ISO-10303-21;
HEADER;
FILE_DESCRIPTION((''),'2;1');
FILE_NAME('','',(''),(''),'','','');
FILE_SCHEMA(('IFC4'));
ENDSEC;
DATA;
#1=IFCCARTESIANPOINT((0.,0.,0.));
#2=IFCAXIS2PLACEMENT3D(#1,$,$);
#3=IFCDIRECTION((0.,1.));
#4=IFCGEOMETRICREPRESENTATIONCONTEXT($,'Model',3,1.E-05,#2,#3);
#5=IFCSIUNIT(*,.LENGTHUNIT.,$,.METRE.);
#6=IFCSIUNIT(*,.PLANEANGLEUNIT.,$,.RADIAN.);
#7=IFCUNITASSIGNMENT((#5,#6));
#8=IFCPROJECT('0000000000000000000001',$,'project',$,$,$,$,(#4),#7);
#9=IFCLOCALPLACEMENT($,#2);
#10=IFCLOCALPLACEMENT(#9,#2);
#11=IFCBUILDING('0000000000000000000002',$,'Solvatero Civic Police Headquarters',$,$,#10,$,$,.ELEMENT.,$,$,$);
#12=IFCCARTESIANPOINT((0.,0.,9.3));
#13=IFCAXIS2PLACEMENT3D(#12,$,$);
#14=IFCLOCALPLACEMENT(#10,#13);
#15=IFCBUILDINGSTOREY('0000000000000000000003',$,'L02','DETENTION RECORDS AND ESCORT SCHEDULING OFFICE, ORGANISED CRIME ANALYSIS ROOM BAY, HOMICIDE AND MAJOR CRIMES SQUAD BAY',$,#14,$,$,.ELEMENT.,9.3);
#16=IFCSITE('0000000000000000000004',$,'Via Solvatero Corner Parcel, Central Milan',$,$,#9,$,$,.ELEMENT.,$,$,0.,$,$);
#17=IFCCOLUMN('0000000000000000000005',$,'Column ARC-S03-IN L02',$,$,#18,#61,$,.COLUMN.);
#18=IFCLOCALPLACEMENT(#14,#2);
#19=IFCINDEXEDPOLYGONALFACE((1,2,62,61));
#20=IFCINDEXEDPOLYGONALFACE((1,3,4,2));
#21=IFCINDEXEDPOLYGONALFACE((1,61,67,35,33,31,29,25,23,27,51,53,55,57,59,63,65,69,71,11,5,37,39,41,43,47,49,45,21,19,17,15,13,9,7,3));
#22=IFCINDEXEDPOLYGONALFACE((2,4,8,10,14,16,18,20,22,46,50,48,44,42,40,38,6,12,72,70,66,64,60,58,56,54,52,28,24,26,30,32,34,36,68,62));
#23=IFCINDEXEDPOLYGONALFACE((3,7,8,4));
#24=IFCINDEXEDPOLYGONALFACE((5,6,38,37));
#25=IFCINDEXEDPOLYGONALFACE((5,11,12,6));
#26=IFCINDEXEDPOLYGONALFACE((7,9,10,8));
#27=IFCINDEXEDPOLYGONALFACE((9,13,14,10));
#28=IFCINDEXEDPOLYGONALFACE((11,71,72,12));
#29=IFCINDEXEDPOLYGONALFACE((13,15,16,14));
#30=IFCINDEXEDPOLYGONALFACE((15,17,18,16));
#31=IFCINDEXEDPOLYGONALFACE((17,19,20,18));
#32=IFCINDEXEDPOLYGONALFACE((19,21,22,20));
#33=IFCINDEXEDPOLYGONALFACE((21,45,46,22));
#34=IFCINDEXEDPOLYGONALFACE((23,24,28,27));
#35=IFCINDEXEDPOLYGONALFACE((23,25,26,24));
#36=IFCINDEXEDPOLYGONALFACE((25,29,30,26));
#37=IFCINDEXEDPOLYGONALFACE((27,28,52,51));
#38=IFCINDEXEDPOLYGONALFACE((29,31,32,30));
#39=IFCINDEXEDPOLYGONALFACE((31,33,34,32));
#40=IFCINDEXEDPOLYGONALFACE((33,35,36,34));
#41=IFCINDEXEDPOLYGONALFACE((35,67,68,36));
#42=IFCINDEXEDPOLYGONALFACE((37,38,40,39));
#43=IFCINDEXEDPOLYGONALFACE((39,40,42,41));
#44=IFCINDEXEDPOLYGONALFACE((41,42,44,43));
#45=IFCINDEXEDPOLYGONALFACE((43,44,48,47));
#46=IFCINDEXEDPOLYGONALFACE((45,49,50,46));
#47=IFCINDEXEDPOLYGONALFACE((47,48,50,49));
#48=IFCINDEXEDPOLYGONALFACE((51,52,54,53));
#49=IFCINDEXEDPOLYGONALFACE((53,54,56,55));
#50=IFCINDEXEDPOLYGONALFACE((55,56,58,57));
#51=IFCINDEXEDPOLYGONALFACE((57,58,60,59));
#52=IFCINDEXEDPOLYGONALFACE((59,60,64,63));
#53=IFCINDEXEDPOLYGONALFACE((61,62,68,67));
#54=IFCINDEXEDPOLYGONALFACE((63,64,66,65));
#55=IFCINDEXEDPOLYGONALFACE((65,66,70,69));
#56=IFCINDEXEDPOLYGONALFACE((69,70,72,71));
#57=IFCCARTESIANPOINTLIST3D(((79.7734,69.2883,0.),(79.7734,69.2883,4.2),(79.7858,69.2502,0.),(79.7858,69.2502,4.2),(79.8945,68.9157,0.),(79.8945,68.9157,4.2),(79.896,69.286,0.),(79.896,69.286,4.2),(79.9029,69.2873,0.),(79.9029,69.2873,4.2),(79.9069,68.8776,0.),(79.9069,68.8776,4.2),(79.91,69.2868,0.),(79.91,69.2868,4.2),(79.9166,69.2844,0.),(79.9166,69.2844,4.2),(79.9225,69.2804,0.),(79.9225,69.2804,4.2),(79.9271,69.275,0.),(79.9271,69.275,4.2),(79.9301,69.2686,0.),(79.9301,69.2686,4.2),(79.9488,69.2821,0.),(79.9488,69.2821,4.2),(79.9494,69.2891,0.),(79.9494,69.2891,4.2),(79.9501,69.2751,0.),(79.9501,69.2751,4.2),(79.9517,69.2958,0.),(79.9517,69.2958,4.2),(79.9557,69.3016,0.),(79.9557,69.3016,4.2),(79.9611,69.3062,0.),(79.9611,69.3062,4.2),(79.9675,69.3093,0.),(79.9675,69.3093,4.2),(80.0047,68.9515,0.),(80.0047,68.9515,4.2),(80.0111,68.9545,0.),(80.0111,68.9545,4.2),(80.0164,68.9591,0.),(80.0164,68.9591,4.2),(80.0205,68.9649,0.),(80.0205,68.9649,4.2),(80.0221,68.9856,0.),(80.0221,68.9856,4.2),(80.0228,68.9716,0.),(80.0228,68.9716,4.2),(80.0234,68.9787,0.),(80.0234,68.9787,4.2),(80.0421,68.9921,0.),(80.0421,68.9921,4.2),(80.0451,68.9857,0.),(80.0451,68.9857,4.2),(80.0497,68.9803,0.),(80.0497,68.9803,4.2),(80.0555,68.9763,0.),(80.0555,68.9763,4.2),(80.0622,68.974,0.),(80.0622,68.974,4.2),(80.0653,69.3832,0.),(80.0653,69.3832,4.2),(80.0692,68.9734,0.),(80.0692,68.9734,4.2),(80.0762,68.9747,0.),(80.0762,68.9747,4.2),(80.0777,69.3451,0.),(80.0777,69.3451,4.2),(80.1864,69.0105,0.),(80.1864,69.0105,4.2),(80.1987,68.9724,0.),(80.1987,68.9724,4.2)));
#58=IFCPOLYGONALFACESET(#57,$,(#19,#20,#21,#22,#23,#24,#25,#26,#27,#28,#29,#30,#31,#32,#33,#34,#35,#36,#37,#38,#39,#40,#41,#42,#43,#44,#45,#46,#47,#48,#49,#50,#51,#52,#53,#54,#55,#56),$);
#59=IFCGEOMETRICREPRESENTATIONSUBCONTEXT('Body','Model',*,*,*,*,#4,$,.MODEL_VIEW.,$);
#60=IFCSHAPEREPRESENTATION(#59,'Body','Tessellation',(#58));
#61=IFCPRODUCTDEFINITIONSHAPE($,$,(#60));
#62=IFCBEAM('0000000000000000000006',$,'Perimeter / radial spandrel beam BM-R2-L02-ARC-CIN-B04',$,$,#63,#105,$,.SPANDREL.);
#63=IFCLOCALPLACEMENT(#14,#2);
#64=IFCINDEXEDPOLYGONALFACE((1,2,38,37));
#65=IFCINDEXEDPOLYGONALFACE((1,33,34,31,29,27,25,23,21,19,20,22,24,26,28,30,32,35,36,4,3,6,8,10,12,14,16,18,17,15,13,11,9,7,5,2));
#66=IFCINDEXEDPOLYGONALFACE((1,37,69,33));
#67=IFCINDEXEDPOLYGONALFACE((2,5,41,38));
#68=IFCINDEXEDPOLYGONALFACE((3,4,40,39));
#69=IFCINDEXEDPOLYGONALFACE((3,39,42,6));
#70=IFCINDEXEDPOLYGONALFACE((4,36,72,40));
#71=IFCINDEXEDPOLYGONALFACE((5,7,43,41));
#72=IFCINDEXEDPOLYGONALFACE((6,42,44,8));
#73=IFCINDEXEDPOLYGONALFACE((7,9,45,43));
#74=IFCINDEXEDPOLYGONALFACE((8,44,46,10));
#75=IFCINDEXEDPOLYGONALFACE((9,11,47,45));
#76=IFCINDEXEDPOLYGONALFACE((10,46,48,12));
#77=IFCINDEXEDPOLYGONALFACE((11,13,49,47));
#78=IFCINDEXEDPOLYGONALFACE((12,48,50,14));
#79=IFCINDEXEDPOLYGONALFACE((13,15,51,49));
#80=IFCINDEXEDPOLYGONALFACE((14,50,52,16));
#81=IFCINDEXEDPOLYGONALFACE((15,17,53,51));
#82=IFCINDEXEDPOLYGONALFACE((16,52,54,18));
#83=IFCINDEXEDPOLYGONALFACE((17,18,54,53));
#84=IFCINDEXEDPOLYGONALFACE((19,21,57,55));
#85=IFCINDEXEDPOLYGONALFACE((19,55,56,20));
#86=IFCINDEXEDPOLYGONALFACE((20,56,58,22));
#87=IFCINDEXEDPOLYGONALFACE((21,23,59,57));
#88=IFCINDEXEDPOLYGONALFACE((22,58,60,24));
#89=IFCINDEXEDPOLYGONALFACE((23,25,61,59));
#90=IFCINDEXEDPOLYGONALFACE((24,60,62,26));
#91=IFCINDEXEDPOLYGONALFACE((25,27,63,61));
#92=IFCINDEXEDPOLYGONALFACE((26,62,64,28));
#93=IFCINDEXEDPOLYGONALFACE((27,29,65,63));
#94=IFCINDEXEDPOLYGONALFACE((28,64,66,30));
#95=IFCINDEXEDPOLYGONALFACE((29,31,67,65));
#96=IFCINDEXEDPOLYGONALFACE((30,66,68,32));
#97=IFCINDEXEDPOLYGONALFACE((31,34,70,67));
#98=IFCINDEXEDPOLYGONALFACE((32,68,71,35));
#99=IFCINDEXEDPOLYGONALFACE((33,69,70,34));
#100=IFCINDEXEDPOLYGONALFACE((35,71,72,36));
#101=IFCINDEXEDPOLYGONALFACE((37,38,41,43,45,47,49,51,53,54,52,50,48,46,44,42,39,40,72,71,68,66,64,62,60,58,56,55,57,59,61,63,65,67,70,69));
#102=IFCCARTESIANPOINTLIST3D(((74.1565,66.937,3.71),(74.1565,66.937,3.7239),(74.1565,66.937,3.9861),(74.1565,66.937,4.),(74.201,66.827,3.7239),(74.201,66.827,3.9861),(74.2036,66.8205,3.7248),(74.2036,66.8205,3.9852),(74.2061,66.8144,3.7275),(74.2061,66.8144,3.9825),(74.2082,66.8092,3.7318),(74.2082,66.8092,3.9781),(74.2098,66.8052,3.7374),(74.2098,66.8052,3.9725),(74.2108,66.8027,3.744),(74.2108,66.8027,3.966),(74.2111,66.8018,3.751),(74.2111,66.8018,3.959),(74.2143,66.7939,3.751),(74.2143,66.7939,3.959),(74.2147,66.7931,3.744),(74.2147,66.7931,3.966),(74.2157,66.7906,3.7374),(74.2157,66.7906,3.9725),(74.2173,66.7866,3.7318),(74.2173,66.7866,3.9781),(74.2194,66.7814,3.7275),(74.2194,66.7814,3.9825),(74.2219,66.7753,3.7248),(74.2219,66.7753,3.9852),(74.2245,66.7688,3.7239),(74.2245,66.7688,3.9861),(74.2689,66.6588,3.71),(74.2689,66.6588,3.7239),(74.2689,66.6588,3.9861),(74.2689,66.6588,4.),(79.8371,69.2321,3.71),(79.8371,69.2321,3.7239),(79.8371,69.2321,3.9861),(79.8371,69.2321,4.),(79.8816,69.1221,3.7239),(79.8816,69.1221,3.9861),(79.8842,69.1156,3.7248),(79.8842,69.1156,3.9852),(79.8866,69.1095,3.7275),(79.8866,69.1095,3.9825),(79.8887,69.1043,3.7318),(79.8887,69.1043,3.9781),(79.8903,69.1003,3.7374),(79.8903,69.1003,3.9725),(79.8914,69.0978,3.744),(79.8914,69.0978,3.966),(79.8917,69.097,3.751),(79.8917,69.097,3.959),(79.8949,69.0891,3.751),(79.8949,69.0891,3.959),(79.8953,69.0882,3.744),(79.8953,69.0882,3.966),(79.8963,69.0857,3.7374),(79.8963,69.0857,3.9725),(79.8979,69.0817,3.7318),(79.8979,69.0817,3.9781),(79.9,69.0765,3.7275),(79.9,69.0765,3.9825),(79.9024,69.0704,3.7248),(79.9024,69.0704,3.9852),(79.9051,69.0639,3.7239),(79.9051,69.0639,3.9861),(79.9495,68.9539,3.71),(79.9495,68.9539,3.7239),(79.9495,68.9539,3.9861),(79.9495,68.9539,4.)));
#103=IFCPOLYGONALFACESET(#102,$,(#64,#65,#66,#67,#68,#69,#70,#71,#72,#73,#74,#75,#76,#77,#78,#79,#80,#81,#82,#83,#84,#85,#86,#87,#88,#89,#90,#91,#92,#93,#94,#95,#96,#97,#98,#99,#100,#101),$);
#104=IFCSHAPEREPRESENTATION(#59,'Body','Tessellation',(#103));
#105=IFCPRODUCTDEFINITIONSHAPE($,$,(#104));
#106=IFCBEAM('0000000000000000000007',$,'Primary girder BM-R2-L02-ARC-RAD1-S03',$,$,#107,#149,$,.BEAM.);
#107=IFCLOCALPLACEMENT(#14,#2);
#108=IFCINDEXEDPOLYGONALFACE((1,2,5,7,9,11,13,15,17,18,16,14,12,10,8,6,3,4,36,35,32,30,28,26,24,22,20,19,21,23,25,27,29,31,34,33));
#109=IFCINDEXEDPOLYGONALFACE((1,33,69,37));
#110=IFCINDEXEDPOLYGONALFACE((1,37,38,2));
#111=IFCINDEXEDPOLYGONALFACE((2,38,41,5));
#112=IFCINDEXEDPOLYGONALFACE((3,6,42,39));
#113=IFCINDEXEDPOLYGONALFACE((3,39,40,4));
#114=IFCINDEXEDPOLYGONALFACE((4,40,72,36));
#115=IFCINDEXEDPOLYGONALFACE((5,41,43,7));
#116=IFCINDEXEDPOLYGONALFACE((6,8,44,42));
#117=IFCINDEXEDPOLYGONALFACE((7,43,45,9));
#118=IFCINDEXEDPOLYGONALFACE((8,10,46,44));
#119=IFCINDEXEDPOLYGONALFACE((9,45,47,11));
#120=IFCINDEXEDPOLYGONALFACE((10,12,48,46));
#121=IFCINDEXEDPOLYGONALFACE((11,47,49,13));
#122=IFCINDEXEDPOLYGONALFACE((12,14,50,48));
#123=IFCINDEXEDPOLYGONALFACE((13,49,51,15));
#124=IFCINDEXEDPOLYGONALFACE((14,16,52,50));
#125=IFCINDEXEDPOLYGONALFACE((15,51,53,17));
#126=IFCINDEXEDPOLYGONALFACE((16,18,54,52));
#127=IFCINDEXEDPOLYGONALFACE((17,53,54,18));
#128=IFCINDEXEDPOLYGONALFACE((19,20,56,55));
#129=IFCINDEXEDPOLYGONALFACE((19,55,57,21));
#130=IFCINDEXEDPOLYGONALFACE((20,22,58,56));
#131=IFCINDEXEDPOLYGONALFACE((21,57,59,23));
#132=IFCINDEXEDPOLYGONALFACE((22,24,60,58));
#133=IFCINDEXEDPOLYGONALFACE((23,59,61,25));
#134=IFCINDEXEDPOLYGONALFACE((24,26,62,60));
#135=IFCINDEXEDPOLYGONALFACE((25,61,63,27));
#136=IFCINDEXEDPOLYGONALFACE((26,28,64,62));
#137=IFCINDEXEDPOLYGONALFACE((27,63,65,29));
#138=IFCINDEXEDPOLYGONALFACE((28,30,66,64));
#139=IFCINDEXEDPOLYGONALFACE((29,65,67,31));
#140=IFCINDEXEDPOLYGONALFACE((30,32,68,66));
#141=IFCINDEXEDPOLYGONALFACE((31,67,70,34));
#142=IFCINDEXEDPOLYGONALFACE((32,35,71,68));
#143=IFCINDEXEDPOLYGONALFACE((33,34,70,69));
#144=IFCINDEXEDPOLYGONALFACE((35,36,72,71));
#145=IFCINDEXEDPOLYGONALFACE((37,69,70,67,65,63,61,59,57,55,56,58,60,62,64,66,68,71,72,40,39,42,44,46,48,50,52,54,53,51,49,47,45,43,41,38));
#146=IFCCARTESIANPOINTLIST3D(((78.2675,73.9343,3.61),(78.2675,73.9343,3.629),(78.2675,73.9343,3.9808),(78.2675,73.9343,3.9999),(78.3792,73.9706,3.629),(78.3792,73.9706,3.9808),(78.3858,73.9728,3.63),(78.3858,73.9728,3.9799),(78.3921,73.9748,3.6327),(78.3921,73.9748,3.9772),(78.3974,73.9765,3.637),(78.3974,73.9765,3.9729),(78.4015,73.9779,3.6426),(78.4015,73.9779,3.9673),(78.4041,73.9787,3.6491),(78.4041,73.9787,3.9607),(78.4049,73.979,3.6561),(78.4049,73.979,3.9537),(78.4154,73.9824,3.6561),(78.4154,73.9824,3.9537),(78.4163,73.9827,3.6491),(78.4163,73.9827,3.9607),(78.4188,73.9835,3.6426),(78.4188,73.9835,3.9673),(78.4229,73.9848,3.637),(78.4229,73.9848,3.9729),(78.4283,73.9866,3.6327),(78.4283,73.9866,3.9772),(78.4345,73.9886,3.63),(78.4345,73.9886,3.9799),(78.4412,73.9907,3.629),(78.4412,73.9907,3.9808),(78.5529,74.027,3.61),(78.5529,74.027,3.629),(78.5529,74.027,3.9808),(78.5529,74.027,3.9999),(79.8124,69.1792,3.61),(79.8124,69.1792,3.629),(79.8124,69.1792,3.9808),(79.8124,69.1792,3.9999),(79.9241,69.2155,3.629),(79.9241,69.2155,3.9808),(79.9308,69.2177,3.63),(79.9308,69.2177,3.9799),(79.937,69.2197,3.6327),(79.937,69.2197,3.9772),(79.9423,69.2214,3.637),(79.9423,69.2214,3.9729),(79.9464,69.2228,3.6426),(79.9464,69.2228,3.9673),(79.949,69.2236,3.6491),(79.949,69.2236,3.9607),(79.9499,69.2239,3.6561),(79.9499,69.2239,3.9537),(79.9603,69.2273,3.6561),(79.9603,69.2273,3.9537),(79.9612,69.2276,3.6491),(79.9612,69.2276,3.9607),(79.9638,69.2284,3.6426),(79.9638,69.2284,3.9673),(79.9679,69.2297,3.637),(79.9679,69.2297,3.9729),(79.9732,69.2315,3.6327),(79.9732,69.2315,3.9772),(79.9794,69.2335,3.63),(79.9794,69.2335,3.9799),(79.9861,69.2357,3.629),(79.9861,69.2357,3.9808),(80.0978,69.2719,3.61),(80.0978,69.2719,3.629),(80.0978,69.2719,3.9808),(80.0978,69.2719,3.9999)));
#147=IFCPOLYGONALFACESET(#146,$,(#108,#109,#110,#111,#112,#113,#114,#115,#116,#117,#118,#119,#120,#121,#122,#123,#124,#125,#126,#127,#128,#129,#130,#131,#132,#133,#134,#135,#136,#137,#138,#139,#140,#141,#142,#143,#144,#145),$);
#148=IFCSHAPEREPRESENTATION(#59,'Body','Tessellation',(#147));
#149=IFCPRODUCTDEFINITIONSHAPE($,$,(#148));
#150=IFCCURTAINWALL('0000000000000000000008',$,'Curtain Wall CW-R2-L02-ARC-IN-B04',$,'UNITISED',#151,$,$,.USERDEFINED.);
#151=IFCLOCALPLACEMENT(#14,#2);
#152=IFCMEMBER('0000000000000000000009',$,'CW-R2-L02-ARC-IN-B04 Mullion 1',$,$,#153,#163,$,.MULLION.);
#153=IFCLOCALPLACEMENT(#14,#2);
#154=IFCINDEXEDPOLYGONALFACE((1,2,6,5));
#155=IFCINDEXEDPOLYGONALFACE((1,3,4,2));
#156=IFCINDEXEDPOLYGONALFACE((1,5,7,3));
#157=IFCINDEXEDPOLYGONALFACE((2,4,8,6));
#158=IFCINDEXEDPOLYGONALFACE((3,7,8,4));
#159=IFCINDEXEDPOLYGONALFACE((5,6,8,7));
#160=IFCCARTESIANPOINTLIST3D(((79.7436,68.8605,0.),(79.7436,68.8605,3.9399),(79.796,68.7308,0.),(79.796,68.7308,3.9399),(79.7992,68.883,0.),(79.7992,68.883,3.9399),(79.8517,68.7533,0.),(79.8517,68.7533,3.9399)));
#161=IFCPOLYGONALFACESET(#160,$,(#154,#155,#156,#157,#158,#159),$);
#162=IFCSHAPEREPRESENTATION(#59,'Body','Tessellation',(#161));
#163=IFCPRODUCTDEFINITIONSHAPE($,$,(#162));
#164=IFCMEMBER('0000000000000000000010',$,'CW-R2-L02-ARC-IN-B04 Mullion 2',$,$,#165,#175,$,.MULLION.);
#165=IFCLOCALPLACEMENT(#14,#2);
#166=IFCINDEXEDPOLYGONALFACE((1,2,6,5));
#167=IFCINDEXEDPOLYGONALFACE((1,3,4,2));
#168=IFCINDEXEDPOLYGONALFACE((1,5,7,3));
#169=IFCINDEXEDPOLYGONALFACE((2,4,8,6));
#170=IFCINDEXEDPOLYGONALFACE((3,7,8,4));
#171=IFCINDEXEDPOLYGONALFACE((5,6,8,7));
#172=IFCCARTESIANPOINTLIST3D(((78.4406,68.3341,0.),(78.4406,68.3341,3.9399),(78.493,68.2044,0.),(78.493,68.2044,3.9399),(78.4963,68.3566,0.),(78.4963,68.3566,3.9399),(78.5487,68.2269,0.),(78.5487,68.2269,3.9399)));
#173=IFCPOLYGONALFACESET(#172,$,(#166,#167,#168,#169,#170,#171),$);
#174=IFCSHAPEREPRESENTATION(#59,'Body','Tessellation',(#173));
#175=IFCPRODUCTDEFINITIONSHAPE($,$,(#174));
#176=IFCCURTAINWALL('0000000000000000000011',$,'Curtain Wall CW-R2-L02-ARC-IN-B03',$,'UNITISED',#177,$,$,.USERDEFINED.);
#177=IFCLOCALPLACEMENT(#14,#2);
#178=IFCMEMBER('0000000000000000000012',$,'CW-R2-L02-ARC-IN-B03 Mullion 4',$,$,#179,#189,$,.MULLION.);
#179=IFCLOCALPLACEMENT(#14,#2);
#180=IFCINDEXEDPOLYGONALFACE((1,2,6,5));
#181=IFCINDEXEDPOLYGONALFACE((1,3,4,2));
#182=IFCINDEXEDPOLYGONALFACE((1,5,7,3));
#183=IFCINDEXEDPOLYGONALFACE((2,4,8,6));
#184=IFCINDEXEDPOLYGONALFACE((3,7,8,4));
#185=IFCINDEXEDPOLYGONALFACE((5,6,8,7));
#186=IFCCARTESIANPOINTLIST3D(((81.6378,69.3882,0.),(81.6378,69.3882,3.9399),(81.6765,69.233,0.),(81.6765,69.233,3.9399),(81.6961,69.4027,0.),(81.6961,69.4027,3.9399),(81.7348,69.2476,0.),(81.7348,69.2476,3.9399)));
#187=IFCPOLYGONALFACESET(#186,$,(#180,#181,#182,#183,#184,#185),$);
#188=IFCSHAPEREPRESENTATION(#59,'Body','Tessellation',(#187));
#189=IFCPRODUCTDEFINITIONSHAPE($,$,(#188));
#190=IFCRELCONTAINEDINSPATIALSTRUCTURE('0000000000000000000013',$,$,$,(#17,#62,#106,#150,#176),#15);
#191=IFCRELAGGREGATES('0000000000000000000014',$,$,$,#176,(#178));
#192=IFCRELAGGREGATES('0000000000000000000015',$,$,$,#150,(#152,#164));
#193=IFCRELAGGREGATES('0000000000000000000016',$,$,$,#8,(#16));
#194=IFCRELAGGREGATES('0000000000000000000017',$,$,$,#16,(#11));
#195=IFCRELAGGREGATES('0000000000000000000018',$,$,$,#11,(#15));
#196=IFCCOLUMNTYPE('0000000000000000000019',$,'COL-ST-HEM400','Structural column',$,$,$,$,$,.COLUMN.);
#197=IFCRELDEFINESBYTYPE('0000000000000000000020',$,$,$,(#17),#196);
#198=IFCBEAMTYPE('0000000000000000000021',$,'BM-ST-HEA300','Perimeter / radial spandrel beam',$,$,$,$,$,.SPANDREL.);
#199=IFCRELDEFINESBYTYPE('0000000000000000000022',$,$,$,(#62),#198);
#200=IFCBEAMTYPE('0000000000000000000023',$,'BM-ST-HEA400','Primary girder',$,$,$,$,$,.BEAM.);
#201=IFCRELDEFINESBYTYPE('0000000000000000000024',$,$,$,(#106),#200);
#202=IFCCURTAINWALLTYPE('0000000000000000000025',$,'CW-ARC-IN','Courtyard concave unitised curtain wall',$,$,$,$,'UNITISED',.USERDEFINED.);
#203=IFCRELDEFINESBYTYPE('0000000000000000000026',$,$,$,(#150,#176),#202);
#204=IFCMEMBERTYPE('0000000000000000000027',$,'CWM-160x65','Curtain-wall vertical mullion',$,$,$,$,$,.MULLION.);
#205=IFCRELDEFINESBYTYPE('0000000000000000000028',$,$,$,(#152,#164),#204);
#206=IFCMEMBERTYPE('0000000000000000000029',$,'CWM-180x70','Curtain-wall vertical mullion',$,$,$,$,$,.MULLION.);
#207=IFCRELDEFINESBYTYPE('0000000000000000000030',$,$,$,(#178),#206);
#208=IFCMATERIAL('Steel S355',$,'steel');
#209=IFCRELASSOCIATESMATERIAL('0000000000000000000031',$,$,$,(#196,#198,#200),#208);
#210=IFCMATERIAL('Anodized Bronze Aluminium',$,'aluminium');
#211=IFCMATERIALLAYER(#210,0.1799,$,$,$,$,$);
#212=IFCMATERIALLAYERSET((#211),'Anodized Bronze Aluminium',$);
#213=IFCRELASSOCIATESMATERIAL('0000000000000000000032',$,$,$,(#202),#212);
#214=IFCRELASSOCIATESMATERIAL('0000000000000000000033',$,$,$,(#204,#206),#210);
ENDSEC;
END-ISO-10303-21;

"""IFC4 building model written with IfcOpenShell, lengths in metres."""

from ifc_helpers import new_model, si_unit, direction, frame, origin, origin_2d, place, context, subcontext, project, spatial, rectangle, i_section, extrude, material, layer, layer_set, material_profile, profile_set, type_object, element, aggregate, save


model = new_model("IFC4")

# Units and contexts
model_context = context("Model", 3, precision=1e-05, world=origin(), true_north=direction((0.0, 1.0)))
body_context = subcontext(model_context, "Body", "Model", "MODEL_VIEW")
ifc_project = project(units=[si_unit("LENGTHUNIT", "METRE"), si_unit("PLANEANGLEUNIT", "RADIAN")], contexts=[model_context])

# Site, building, storey
site_placement = place(None, origin())
site = spatial("IfcSite", under=ifc_project, at=site_placement, Name="Via Solvatero Corner Parcel, Central Milan", CompositionType="ELEMENT", RefElevation=0.0)
building_placement = place(site_placement, origin())
building = spatial("IfcBuilding", under=site, at=building_placement, Name="Solvatero Civic Police Headquarters", CompositionType="ELEMENT")
storey_placement = place(building_placement, frame((0.0, 0.0, 9.3)))
storey = spatial("IfcBuildingStorey", under=building, at=storey_placement, Name="L02", Description="DETENTION RECORDS AND ESCORT SCHEDULING OFFICE, ORGANISED CRIME ANALYSIS ROOM BAY, HOMICIDE AND MAJOR CRIMES SQUAD BAY", CompositionType="ELEMENT", Elevation=9.3)

# Column
ifc_material_1 = material(Name="Steel S355", Category="steel")
ifc_material_profile_1 = material_profile(ifc_material_1, i_section(OverallWidth=0.3069, OverallDepth=0.4319, WebThickness=0.021, FlangeThickness=0.04, FilletRadius=0.0271, at=origin_2d()), Name="HEM 400")
ifc_profile_set_1 = profile_set([ifc_material_profile_1], Name="Steel S355")
column_type = type_object("IfcColumnType", Name="COL-ST-HEM400", Description="Structural column", PredefinedType="COLUMN", material=ifc_profile_set_1)
column_placement = place(storey_placement, frame((79.9861, 69.1304, 0.0), z_axis=(0.0, 0.0, 1.0), x_axis=(0.951057, 0.309017, 0.0)))
element("IfcColumn", 1, at=column_placement, inside=storey, type_object=column_type, Name="Column ARC-S03-IN L02", PredefinedType="COLUMN", context=body_context, shape_type="SweptSolid", body=[
    extrude(i_section(OverallWidth=0.3069, OverallDepth=0.4319, WebThickness=0.021, FlangeThickness=0.04, FilletRadius=0.0271, at=origin_2d()), origin(), (0.0, 0.0, 1.0), 4.2),
])

# Beams
ifc_material_profile_2 = material_profile(ifc_material_1, i_section(OverallWidth=0.3, OverallDepth=0.29, WebThickness=0.0085, FlangeThickness=0.0139, FilletRadius=0.0271, at=origin_2d()), Name="HEA 300")
ifc_profile_set_2 = profile_set([ifc_material_profile_2], Name="Steel S355")
beam_type_1 = type_object("IfcBeamType", Name="BM-ST-HEA300", Description="Perimeter / radial spandrel beam", PredefinedType="SPANDREL", material=ifc_profile_set_2)
beam_1_placement = place(storey_placement, frame((79.8933, 69.093, 3.855), z_axis=(-0.927182, -0.374611, 0.0), x_axis=(0.374611, -0.927182, 0.0)))
element("IfcBeam", 2, at=beam_1_placement, inside=storey, type_object=beam_type_1, Name="Perimeter / radial spandrel beam BM-R2-L02-ARC-CIN-B04", PredefinedType="SPANDREL", context=body_context, shape_type="SweptSolid", body=[
    extrude(i_section(OverallWidth=0.3, OverallDepth=0.29, WebThickness=0.0085, FlangeThickness=0.0139, FilletRadius=0.0271, at=origin_2d()), origin(), (0.0, 0.0, 1.0), 6.1267),
])
ifc_material_profile_3 = material_profile(ifc_material_1, i_section(OverallWidth=0.3, OverallDepth=0.3899, WebThickness=0.011, FlangeThickness=0.019, FilletRadius=0.0271, at=origin_2d()), Name="HEA 400")
ifc_profile_set_3 = profile_set([ifc_material_profile_3], Name="Steel S355")
beam_type_2 = type_object("IfcBeamType", Name="BM-ST-HEA400", Description="Primary girder", PredefinedType="BEAM", material=ifc_profile_set_3)
beam_2_placement = place(storey_placement, frame((79.9551, 69.2256, 3.8049), z_axis=(-0.308997, 0.951063, 0.0), x_axis=(-0.951063, -0.308997, 0.0)))
element("IfcBeam", 3, at=beam_2_placement, inside=storey, type_object=beam_type_2, Name="Primary girder BM-R2-L02-ARC-RAD1-S03", PredefinedType="BEAM", context=body_context, shape_type="SweptSolid", body=[
    extrude(i_section(OverallWidth=0.3, OverallDepth=0.3899, WebThickness=0.011, FlangeThickness=0.019, FilletRadius=0.0271, at=origin_2d()), origin(), (0.0, 0.0, 1.0), 4.9998),
])

# Curtain walls, members
ifc_material_2 = material(Name="Anodized Bronze Aluminium", Category="aluminium")
ifc_layer_1 = layer(ifc_material_2, 0.1799)
ifc_layer_set_1 = layer_set([ifc_layer_1], Name="Anodized Bronze Aluminium")
curtain_wall_type = type_object("IfcCurtainWallType", Name="CW-ARC-IN", Description="Courtyard concave unitised curtain wall", ElementType="UNITISED", PredefinedType="USERDEFINED", material=ifc_layer_set_1)
curtain_wall_1_placement = place(storey_placement, origin())
curtain_wall_1 = element("IfcCurtainWall", 4, at=curtain_wall_1_placement, inside=storey, type_object=curtain_wall_type, Name="Curtain Wall CW-R2-L02-ARC-IN-B04", ObjectType="UNITISED", PredefinedType="USERDEFINED")
ifc_material_profile_4 = material_profile(ifc_material_2, rectangle(XDim=0.0601, YDim=0.1399, at=origin_2d()), Name="ALU MULLION 60x140")
ifc_profile_set_4 = profile_set([ifc_material_profile_4], Name="Anodized Bronze Aluminium")
member_type_1 = type_object("IfcMemberType", Name="CWM-160x65", Description="Curtain-wall vertical mullion", PredefinedType="MULLION", material=ifc_profile_set_4)
member_1_placement = place(storey_placement, frame((79.7976, 68.8069, 0.0), z_axis=(0.0, 0.0, 1.0), x_axis=(-0.927184, -0.374607, 0.0)))
member_1 = element("IfcMember", 5, at=member_1_placement, type_object=member_type_1, Name="CW-R2-L02-ARC-IN-B04 Mullion 1", PredefinedType="MULLION", context=body_context, shape_type="SweptSolid", body=[
    extrude(rectangle(XDim=0.0601, YDim=0.1399, at=origin_2d()), origin(), (0.0, 0.0, 1.0), 3.9399),
])
member_2_placement = place(storey_placement, frame((78.4946, 68.2805, 0.0), z_axis=(0.0, 0.0, 1.0), x_axis=(-0.927184, -0.374607, 0.0)))
member_2 = element("IfcMember", 6, at=member_2_placement, type_object=member_type_1, Name="CW-R2-L02-ARC-IN-B04 Mullion 2", PredefinedType="MULLION", context=body_context, shape_type="SweptSolid", body=[
    extrude(rectangle(XDim=0.0601, YDim=0.1399, at=origin_2d()), origin(), (0.0, 0.0, 1.0), 3.9399),
])
curtain_wall_2_placement = place(storey_placement, origin())
curtain_wall_2 = element("IfcCurtainWall", 7, at=curtain_wall_2_placement, inside=storey, type_object=curtain_wall_type, Name="Curtain Wall CW-R2-L02-ARC-IN-B03", ObjectType="UNITISED", PredefinedType="USERDEFINED")
ifc_material_profile_5 = material_profile(ifc_material_2, rectangle(XDim=0.0601, YDim=0.1599, at=origin_2d()), Name="ALU MULLION 60x160")
ifc_profile_set_5 = profile_set([ifc_material_profile_5], Name="Anodized Bronze Aluminium")
member_type_2 = type_object("IfcMemberType", Name="CWM-180x70", Description="Curtain-wall vertical mullion", PredefinedType="MULLION", material=ifc_profile_set_5)
member_3_placement = place(storey_placement, frame((81.6863, 69.3179, 0.0), z_axis=(0.0, 0.0, 1.0), x_axis=(-0.970296, -0.241922, 0.0)))
member_3 = element("IfcMember", 8, at=member_3_placement, type_object=member_type_2, Name="CW-R2-L02-ARC-IN-B03 Mullion 4", PredefinedType="MULLION", context=body_context, shape_type="SweptSolid", body=[
    extrude(rectangle(XDim=0.0601, YDim=0.1599, at=origin_2d()), origin(), (0.0, 0.0, 1.0), 3.9399),
])

aggregate(curtain_wall_2, [member_3])
aggregate(curtain_wall_1, [member_1, member_2])

save(model, "model.ifc")
